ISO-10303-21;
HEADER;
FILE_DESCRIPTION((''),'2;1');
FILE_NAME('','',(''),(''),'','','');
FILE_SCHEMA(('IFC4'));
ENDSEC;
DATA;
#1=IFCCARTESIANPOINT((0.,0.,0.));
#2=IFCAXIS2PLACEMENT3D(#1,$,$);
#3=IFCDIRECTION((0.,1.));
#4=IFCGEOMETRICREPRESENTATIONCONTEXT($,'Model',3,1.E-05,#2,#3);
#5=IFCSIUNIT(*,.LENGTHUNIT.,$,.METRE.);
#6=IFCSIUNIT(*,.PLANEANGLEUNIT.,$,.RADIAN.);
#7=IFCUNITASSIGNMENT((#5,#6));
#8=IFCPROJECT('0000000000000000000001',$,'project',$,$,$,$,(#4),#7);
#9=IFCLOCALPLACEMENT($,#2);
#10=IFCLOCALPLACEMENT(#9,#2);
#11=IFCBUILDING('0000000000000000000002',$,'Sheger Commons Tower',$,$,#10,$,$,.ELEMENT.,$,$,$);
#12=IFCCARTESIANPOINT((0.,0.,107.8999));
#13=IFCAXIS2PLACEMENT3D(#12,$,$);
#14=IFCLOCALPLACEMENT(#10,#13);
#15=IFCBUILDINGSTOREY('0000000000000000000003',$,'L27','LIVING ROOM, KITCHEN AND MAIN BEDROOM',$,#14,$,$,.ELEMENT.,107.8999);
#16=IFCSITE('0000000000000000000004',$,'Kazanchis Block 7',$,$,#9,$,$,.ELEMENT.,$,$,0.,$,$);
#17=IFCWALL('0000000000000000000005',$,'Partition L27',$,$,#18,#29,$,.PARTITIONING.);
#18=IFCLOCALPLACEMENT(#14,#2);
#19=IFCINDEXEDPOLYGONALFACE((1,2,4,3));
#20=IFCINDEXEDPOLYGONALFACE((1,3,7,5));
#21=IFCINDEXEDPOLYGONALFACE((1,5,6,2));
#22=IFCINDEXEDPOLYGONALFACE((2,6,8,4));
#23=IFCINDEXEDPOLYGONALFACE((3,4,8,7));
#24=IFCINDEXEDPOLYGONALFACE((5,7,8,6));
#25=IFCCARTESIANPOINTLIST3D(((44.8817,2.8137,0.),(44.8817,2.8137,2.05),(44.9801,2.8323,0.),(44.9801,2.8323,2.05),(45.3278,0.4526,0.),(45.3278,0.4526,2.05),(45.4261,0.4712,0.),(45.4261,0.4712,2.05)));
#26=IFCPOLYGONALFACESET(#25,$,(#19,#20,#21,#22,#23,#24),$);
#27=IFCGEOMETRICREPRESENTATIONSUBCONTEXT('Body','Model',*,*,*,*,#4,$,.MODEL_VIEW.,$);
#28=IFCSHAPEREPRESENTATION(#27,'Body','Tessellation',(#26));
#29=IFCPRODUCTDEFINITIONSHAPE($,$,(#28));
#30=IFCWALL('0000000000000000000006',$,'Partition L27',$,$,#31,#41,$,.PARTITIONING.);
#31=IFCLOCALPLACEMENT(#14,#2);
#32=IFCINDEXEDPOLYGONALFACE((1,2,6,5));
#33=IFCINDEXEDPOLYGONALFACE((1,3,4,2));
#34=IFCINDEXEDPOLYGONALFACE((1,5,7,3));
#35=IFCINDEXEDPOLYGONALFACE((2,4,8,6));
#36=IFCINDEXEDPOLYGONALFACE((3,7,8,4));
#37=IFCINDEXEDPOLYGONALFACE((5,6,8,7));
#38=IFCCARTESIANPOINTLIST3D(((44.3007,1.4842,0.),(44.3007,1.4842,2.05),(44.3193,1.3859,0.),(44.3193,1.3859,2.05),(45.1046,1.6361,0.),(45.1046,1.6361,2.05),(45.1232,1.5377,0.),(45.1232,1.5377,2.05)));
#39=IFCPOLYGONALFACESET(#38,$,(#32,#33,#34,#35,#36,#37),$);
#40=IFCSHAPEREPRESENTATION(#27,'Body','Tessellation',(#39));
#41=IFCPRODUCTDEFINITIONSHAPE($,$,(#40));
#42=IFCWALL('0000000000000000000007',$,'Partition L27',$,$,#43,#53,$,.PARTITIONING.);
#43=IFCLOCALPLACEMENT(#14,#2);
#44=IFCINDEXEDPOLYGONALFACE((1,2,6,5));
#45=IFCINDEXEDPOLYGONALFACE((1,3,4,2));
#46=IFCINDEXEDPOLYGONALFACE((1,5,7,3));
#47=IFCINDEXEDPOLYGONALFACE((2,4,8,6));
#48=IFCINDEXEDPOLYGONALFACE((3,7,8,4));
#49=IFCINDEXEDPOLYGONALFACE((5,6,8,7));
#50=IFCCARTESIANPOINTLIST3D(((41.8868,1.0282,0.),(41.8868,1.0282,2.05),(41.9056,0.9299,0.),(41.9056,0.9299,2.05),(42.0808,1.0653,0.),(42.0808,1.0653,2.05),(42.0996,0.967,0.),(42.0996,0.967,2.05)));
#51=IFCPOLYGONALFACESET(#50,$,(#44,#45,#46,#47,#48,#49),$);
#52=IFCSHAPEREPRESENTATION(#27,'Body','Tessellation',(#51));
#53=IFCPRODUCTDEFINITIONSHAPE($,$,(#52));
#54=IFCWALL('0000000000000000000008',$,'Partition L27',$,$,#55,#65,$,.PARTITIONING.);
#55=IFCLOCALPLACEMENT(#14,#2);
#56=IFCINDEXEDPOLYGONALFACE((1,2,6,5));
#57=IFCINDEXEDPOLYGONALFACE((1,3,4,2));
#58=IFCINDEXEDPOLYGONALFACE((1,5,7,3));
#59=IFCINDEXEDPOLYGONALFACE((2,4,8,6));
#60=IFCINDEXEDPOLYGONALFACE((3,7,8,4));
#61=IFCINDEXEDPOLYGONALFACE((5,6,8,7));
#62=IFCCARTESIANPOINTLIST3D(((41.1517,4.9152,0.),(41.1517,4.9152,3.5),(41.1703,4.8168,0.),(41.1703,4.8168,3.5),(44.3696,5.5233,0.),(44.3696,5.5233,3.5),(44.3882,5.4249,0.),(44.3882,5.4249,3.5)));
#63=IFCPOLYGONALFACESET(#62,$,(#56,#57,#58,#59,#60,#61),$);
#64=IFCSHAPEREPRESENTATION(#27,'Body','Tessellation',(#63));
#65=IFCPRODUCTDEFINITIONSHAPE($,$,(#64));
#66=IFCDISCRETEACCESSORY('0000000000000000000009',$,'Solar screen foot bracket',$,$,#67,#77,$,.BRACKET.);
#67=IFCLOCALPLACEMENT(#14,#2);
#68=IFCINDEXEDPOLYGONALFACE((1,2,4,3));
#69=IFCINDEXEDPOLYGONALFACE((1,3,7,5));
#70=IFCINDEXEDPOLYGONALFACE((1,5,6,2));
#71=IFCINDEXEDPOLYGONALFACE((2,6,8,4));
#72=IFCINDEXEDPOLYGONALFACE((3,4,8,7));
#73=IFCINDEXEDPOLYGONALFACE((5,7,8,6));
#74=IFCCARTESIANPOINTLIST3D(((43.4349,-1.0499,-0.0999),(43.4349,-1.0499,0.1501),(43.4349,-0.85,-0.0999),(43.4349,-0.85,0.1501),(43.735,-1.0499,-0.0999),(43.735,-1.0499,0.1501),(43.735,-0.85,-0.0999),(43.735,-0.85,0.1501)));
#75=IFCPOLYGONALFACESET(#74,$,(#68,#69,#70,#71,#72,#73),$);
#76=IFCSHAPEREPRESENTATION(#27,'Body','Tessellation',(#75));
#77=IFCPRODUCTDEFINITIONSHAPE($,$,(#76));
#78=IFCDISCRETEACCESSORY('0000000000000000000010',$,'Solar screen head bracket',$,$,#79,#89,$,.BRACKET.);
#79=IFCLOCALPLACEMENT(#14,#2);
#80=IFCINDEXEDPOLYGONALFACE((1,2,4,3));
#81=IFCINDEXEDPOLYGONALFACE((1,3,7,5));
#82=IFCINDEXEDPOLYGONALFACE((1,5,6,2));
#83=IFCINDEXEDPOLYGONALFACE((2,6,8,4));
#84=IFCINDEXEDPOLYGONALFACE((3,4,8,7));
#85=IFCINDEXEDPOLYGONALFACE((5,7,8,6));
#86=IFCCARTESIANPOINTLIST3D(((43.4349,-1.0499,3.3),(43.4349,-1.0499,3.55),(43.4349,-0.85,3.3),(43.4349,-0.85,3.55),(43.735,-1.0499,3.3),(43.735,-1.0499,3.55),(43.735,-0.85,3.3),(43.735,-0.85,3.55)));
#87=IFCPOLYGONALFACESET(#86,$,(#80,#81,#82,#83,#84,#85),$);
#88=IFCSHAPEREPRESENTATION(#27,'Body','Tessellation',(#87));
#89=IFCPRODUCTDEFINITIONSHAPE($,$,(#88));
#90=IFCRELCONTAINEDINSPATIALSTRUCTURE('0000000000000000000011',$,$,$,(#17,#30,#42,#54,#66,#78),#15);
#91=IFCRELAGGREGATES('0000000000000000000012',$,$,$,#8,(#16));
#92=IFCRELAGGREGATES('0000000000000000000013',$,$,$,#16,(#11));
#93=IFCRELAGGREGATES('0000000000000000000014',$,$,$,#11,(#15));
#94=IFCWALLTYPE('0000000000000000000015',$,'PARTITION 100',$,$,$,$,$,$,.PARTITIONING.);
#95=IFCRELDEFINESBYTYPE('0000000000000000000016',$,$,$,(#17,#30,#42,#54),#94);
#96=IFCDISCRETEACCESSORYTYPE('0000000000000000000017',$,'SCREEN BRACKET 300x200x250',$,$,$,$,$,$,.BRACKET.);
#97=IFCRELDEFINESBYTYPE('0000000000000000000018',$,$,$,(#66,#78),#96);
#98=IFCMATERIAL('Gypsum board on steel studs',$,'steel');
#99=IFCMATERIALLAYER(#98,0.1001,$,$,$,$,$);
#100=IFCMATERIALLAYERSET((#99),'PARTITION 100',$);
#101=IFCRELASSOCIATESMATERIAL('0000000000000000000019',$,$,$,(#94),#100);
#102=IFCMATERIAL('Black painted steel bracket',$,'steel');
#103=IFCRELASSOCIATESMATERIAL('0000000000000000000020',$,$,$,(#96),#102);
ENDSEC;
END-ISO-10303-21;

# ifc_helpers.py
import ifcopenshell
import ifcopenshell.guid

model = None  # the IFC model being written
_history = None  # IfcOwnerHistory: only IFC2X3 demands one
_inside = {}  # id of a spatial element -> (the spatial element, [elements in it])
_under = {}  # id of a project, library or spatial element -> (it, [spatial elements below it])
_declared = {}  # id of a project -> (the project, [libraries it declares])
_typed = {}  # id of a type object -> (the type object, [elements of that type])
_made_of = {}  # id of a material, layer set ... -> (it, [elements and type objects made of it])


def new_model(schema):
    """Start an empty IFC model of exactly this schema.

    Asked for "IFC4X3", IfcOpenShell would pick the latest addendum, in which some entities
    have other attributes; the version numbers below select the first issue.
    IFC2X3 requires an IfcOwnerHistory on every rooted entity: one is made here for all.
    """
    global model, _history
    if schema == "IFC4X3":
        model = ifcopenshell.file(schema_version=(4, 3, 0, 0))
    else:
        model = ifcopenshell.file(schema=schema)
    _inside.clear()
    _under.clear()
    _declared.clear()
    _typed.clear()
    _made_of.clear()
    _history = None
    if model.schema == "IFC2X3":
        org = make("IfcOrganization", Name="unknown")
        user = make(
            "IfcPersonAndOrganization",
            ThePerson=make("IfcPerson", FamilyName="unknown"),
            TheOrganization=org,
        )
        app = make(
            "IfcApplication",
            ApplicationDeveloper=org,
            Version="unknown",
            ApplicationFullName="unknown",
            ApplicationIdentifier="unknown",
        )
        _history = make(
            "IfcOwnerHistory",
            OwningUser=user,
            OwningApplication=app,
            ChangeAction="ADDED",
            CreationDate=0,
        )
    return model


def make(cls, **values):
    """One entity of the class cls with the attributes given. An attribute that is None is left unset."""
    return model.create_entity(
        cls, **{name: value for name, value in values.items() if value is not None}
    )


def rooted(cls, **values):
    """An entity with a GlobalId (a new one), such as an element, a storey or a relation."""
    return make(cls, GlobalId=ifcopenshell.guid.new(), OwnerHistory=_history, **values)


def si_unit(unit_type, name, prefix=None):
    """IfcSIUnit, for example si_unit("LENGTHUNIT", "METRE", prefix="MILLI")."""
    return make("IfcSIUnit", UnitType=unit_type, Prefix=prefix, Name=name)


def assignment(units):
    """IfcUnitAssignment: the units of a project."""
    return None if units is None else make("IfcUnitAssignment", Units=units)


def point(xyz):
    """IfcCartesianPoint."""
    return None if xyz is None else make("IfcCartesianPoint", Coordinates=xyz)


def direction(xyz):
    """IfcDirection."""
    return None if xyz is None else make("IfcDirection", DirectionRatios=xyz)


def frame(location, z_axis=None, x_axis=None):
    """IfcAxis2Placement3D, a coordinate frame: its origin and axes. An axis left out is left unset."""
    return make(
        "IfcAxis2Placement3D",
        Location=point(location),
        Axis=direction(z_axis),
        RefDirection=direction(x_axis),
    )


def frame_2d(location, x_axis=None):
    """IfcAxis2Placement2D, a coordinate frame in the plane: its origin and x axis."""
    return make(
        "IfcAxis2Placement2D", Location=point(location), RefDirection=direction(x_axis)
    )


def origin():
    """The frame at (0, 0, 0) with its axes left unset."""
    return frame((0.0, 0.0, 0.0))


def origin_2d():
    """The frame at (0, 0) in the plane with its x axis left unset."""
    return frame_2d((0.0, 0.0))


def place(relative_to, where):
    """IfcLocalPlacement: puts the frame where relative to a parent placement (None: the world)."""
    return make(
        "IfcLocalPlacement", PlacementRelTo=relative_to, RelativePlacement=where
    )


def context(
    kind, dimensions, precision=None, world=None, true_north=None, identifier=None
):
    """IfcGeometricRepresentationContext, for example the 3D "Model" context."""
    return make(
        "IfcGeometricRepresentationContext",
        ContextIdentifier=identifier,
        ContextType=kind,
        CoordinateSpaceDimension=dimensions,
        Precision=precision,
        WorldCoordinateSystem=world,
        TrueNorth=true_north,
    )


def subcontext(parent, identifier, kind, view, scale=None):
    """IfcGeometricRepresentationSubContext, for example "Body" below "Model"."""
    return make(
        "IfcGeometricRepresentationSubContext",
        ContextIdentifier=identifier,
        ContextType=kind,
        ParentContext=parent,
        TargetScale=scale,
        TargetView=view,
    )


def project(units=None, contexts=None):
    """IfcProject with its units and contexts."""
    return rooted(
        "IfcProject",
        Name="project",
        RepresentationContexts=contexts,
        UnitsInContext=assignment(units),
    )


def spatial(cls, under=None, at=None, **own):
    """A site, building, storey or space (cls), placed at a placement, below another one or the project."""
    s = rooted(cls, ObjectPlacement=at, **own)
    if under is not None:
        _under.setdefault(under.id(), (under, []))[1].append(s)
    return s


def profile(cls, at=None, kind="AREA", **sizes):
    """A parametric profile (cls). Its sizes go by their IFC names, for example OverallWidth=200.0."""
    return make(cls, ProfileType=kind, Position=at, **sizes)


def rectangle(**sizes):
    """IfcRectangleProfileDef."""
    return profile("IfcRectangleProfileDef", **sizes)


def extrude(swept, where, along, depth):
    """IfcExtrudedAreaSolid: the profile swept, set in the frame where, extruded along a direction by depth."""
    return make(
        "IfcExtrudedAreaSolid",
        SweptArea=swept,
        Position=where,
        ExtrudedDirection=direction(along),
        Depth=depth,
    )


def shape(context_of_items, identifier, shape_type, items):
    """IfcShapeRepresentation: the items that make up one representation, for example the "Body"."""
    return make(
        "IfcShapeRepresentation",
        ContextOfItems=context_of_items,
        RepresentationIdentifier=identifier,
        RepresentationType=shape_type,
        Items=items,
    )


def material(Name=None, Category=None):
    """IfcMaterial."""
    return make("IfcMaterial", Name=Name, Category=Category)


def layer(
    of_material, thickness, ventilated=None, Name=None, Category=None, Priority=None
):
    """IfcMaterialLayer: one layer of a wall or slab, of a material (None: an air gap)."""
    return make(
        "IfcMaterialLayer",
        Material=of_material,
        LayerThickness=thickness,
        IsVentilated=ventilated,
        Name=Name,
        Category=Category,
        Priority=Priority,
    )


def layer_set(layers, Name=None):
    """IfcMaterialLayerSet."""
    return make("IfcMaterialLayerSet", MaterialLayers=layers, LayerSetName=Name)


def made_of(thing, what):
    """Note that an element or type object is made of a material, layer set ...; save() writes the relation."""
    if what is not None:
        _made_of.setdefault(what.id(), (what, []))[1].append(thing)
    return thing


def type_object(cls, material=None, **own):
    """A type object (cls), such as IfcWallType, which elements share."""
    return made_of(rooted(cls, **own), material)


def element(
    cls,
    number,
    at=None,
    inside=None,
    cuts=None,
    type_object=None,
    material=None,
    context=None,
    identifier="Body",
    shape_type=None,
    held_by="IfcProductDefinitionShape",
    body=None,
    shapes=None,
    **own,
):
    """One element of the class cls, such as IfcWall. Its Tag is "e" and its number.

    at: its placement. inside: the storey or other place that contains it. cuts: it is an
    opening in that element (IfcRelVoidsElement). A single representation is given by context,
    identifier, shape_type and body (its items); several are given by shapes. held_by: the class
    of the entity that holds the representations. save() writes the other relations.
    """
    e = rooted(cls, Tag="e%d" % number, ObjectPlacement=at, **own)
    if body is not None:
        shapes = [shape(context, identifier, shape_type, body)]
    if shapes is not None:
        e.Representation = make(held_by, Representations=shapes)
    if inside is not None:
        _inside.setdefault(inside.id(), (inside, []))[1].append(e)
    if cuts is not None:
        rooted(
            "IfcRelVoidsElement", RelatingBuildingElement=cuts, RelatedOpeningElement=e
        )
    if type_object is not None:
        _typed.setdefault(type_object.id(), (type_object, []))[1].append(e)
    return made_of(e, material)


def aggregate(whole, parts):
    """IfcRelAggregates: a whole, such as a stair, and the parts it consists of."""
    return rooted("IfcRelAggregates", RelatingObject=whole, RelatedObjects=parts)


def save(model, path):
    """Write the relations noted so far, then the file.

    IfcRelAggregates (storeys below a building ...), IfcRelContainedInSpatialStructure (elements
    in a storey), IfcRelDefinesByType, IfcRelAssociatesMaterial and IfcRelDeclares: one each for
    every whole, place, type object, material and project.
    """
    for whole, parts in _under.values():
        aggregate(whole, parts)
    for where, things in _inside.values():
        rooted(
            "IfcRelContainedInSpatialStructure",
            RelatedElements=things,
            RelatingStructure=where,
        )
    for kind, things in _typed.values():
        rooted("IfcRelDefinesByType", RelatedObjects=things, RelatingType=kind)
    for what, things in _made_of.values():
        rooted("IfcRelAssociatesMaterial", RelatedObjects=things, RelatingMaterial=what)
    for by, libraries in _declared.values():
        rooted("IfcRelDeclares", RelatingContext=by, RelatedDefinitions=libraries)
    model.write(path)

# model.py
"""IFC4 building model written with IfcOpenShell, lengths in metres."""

from ifc_helpers import new_model, si_unit, direction, frame, frame_2d, origin, origin_2d, place, context, subcontext, project, spatial, rectangle, extrude, material, layer, layer_set, type_object, element, save


model = new_model("IFC4")

# Units and contexts
model_context = context("Model", 3, precision=1e-05, world=origin(), true_north=direction((0.0, 1.0)))
body_context = subcontext(model_context, "Body", "Model", "MODEL_VIEW")
ifc_project = project(units=[si_unit("LENGTHUNIT", "METRE"), si_unit("PLANEANGLEUNIT", "RADIAN")], contexts=[model_context])

# Site, building, storey
site_placement = place(None, origin())
site = spatial("IfcSite", under=ifc_project, at=site_placement, Name="Kazanchis Block 7", CompositionType="ELEMENT", RefElevation=0.0)
building_placement = place(site_placement, origin())
building = spatial("IfcBuilding", under=site, at=building_placement, Name="Sheger Commons Tower", CompositionType="ELEMENT")
storey_placement = place(building_placement, frame((0.0, 0.0, 107.8999)))
storey = spatial("IfcBuildingStorey", under=building, at=storey_placement, Name="L27", Description="LIVING ROOM, KITCHEN AND MAIN BEDROOM", CompositionType="ELEMENT", Elevation=107.8999)

# Shared definitions
ifc_material_1 = material(Name="Gypsum board on steel studs", Category="steel")
ifc_layer_1 = layer(ifc_material_1, 0.1001)
ifc_layer_set_1 = layer_set([ifc_layer_1], Name="PARTITION 100")
wall_type = type_object("IfcWallType", Name="PARTITION 100", PredefinedType="PARTITIONING", material=ifc_layer_set_1)

# Walls
wall_1_placement = place(storey_placement, frame((44.9309, 2.823, 0.0), z_axis=(0.0, 0.0, 1.0), x_axis=(0.185632, -0.982619, 0.0)))
element("IfcWall", 1, at=wall_1_placement, inside=storey, type_object=wall_type, Name="Partition L27", PredefinedType="PARTITIONING", context=body_context, shape_type="SweptSolid", body=[
    extrude(rectangle(XDim=2.4028, YDim=0.1001, at=frame_2d((1.2014, 0.0))), origin(), (0.0, 0.0, 1.0), 2.05),
])
wall_2_placement = place(storey_placement, frame((45.114, 1.5869, 0.0), z_axis=(0.0, 0.0, 1.0), x_axis=(-0.982625, -0.185604, 0.0)))
element("IfcWall", 2, at=wall_2_placement, inside=storey, type_object=wall_type, Name="Partition L27", PredefinedType="PARTITIONING", context=body_context, shape_type="SweptSolid", body=[
    extrude(rectangle(XDim=0.8181, YDim=0.1001, at=frame_2d((0.4092, 0.0))), origin(), (0.0, 0.0, 1.0), 2.05),
])
wall_3_placement = place(storey_placement, frame((42.0901, 1.0161, 0.0), z_axis=(0.0, 0.0, 1.0), x_axis=(-0.982209, -0.187793, 0.0)))
element("IfcWall", 3, at=wall_3_placement, inside=storey, type_object=wall_type, Name="Partition L27", PredefinedType="PARTITIONING", context=body_context, shape_type="SweptSolid", body=[
    extrude(rectangle(XDim=0.1975, YDim=0.1001, at=frame_2d((0.0986, 0.0))), origin(), (0.0, 0.0, 1.0), 2.05),
])
wall_4_placement = place(storey_placement, frame((44.3789, 5.4741, 0.0), z_axis=(0.0, 0.0, 1.0), x_axis=(-0.982607, -0.185697, 0.0)))
element("IfcWall", 4, at=wall_4_placement, inside=storey, type_object=wall_type, Name="Partition L27", PredefinedType="PARTITIONING", context=body_context, shape_type="SweptSolid", body=[
    extrude(rectangle(XDim=3.2749, YDim=0.1001, at=frame_2d((1.6375, 0.0))), origin(), (0.0, 0.0, 1.0), 3.5),
])

# Discrete accessories
ifc_material_2 = material(Name="Black painted steel bracket", Category="steel")
discrete_accessory_type = type_object("IfcDiscreteAccessoryType", Name="SCREEN BRACKET 300x200x250", PredefinedType="BRACKET", material=ifc_material_2)
for number, where, z_axis, x_axis, name in (
    (5, (43.585, -0.95, -0.0999), (0.0, 0.0, 1.0), (1.0, 0.0, 0.0), "Solar screen foot bracket"),
    (6, (43.585, -0.95, 3.3), (0.0, 0.0, 1.0), (1.0, 0.0, 0.0), "Solar screen head bracket"),
):
    element("IfcDiscreteAccessory", number, at=place(storey_placement, frame(where, z_axis=z_axis, x_axis=x_axis)), inside=storey, type_object=discrete_accessory_type, Name=name, PredefinedType="BRACKET", context=body_context, shape_type="SweptSolid", body=[
        extrude(rectangle(XDim=0.3, YDim=0.2, at=origin_2d()), origin(), (0.0, 0.0, 1.0), 0.25),
    ])

save(model, "model.ifc")
